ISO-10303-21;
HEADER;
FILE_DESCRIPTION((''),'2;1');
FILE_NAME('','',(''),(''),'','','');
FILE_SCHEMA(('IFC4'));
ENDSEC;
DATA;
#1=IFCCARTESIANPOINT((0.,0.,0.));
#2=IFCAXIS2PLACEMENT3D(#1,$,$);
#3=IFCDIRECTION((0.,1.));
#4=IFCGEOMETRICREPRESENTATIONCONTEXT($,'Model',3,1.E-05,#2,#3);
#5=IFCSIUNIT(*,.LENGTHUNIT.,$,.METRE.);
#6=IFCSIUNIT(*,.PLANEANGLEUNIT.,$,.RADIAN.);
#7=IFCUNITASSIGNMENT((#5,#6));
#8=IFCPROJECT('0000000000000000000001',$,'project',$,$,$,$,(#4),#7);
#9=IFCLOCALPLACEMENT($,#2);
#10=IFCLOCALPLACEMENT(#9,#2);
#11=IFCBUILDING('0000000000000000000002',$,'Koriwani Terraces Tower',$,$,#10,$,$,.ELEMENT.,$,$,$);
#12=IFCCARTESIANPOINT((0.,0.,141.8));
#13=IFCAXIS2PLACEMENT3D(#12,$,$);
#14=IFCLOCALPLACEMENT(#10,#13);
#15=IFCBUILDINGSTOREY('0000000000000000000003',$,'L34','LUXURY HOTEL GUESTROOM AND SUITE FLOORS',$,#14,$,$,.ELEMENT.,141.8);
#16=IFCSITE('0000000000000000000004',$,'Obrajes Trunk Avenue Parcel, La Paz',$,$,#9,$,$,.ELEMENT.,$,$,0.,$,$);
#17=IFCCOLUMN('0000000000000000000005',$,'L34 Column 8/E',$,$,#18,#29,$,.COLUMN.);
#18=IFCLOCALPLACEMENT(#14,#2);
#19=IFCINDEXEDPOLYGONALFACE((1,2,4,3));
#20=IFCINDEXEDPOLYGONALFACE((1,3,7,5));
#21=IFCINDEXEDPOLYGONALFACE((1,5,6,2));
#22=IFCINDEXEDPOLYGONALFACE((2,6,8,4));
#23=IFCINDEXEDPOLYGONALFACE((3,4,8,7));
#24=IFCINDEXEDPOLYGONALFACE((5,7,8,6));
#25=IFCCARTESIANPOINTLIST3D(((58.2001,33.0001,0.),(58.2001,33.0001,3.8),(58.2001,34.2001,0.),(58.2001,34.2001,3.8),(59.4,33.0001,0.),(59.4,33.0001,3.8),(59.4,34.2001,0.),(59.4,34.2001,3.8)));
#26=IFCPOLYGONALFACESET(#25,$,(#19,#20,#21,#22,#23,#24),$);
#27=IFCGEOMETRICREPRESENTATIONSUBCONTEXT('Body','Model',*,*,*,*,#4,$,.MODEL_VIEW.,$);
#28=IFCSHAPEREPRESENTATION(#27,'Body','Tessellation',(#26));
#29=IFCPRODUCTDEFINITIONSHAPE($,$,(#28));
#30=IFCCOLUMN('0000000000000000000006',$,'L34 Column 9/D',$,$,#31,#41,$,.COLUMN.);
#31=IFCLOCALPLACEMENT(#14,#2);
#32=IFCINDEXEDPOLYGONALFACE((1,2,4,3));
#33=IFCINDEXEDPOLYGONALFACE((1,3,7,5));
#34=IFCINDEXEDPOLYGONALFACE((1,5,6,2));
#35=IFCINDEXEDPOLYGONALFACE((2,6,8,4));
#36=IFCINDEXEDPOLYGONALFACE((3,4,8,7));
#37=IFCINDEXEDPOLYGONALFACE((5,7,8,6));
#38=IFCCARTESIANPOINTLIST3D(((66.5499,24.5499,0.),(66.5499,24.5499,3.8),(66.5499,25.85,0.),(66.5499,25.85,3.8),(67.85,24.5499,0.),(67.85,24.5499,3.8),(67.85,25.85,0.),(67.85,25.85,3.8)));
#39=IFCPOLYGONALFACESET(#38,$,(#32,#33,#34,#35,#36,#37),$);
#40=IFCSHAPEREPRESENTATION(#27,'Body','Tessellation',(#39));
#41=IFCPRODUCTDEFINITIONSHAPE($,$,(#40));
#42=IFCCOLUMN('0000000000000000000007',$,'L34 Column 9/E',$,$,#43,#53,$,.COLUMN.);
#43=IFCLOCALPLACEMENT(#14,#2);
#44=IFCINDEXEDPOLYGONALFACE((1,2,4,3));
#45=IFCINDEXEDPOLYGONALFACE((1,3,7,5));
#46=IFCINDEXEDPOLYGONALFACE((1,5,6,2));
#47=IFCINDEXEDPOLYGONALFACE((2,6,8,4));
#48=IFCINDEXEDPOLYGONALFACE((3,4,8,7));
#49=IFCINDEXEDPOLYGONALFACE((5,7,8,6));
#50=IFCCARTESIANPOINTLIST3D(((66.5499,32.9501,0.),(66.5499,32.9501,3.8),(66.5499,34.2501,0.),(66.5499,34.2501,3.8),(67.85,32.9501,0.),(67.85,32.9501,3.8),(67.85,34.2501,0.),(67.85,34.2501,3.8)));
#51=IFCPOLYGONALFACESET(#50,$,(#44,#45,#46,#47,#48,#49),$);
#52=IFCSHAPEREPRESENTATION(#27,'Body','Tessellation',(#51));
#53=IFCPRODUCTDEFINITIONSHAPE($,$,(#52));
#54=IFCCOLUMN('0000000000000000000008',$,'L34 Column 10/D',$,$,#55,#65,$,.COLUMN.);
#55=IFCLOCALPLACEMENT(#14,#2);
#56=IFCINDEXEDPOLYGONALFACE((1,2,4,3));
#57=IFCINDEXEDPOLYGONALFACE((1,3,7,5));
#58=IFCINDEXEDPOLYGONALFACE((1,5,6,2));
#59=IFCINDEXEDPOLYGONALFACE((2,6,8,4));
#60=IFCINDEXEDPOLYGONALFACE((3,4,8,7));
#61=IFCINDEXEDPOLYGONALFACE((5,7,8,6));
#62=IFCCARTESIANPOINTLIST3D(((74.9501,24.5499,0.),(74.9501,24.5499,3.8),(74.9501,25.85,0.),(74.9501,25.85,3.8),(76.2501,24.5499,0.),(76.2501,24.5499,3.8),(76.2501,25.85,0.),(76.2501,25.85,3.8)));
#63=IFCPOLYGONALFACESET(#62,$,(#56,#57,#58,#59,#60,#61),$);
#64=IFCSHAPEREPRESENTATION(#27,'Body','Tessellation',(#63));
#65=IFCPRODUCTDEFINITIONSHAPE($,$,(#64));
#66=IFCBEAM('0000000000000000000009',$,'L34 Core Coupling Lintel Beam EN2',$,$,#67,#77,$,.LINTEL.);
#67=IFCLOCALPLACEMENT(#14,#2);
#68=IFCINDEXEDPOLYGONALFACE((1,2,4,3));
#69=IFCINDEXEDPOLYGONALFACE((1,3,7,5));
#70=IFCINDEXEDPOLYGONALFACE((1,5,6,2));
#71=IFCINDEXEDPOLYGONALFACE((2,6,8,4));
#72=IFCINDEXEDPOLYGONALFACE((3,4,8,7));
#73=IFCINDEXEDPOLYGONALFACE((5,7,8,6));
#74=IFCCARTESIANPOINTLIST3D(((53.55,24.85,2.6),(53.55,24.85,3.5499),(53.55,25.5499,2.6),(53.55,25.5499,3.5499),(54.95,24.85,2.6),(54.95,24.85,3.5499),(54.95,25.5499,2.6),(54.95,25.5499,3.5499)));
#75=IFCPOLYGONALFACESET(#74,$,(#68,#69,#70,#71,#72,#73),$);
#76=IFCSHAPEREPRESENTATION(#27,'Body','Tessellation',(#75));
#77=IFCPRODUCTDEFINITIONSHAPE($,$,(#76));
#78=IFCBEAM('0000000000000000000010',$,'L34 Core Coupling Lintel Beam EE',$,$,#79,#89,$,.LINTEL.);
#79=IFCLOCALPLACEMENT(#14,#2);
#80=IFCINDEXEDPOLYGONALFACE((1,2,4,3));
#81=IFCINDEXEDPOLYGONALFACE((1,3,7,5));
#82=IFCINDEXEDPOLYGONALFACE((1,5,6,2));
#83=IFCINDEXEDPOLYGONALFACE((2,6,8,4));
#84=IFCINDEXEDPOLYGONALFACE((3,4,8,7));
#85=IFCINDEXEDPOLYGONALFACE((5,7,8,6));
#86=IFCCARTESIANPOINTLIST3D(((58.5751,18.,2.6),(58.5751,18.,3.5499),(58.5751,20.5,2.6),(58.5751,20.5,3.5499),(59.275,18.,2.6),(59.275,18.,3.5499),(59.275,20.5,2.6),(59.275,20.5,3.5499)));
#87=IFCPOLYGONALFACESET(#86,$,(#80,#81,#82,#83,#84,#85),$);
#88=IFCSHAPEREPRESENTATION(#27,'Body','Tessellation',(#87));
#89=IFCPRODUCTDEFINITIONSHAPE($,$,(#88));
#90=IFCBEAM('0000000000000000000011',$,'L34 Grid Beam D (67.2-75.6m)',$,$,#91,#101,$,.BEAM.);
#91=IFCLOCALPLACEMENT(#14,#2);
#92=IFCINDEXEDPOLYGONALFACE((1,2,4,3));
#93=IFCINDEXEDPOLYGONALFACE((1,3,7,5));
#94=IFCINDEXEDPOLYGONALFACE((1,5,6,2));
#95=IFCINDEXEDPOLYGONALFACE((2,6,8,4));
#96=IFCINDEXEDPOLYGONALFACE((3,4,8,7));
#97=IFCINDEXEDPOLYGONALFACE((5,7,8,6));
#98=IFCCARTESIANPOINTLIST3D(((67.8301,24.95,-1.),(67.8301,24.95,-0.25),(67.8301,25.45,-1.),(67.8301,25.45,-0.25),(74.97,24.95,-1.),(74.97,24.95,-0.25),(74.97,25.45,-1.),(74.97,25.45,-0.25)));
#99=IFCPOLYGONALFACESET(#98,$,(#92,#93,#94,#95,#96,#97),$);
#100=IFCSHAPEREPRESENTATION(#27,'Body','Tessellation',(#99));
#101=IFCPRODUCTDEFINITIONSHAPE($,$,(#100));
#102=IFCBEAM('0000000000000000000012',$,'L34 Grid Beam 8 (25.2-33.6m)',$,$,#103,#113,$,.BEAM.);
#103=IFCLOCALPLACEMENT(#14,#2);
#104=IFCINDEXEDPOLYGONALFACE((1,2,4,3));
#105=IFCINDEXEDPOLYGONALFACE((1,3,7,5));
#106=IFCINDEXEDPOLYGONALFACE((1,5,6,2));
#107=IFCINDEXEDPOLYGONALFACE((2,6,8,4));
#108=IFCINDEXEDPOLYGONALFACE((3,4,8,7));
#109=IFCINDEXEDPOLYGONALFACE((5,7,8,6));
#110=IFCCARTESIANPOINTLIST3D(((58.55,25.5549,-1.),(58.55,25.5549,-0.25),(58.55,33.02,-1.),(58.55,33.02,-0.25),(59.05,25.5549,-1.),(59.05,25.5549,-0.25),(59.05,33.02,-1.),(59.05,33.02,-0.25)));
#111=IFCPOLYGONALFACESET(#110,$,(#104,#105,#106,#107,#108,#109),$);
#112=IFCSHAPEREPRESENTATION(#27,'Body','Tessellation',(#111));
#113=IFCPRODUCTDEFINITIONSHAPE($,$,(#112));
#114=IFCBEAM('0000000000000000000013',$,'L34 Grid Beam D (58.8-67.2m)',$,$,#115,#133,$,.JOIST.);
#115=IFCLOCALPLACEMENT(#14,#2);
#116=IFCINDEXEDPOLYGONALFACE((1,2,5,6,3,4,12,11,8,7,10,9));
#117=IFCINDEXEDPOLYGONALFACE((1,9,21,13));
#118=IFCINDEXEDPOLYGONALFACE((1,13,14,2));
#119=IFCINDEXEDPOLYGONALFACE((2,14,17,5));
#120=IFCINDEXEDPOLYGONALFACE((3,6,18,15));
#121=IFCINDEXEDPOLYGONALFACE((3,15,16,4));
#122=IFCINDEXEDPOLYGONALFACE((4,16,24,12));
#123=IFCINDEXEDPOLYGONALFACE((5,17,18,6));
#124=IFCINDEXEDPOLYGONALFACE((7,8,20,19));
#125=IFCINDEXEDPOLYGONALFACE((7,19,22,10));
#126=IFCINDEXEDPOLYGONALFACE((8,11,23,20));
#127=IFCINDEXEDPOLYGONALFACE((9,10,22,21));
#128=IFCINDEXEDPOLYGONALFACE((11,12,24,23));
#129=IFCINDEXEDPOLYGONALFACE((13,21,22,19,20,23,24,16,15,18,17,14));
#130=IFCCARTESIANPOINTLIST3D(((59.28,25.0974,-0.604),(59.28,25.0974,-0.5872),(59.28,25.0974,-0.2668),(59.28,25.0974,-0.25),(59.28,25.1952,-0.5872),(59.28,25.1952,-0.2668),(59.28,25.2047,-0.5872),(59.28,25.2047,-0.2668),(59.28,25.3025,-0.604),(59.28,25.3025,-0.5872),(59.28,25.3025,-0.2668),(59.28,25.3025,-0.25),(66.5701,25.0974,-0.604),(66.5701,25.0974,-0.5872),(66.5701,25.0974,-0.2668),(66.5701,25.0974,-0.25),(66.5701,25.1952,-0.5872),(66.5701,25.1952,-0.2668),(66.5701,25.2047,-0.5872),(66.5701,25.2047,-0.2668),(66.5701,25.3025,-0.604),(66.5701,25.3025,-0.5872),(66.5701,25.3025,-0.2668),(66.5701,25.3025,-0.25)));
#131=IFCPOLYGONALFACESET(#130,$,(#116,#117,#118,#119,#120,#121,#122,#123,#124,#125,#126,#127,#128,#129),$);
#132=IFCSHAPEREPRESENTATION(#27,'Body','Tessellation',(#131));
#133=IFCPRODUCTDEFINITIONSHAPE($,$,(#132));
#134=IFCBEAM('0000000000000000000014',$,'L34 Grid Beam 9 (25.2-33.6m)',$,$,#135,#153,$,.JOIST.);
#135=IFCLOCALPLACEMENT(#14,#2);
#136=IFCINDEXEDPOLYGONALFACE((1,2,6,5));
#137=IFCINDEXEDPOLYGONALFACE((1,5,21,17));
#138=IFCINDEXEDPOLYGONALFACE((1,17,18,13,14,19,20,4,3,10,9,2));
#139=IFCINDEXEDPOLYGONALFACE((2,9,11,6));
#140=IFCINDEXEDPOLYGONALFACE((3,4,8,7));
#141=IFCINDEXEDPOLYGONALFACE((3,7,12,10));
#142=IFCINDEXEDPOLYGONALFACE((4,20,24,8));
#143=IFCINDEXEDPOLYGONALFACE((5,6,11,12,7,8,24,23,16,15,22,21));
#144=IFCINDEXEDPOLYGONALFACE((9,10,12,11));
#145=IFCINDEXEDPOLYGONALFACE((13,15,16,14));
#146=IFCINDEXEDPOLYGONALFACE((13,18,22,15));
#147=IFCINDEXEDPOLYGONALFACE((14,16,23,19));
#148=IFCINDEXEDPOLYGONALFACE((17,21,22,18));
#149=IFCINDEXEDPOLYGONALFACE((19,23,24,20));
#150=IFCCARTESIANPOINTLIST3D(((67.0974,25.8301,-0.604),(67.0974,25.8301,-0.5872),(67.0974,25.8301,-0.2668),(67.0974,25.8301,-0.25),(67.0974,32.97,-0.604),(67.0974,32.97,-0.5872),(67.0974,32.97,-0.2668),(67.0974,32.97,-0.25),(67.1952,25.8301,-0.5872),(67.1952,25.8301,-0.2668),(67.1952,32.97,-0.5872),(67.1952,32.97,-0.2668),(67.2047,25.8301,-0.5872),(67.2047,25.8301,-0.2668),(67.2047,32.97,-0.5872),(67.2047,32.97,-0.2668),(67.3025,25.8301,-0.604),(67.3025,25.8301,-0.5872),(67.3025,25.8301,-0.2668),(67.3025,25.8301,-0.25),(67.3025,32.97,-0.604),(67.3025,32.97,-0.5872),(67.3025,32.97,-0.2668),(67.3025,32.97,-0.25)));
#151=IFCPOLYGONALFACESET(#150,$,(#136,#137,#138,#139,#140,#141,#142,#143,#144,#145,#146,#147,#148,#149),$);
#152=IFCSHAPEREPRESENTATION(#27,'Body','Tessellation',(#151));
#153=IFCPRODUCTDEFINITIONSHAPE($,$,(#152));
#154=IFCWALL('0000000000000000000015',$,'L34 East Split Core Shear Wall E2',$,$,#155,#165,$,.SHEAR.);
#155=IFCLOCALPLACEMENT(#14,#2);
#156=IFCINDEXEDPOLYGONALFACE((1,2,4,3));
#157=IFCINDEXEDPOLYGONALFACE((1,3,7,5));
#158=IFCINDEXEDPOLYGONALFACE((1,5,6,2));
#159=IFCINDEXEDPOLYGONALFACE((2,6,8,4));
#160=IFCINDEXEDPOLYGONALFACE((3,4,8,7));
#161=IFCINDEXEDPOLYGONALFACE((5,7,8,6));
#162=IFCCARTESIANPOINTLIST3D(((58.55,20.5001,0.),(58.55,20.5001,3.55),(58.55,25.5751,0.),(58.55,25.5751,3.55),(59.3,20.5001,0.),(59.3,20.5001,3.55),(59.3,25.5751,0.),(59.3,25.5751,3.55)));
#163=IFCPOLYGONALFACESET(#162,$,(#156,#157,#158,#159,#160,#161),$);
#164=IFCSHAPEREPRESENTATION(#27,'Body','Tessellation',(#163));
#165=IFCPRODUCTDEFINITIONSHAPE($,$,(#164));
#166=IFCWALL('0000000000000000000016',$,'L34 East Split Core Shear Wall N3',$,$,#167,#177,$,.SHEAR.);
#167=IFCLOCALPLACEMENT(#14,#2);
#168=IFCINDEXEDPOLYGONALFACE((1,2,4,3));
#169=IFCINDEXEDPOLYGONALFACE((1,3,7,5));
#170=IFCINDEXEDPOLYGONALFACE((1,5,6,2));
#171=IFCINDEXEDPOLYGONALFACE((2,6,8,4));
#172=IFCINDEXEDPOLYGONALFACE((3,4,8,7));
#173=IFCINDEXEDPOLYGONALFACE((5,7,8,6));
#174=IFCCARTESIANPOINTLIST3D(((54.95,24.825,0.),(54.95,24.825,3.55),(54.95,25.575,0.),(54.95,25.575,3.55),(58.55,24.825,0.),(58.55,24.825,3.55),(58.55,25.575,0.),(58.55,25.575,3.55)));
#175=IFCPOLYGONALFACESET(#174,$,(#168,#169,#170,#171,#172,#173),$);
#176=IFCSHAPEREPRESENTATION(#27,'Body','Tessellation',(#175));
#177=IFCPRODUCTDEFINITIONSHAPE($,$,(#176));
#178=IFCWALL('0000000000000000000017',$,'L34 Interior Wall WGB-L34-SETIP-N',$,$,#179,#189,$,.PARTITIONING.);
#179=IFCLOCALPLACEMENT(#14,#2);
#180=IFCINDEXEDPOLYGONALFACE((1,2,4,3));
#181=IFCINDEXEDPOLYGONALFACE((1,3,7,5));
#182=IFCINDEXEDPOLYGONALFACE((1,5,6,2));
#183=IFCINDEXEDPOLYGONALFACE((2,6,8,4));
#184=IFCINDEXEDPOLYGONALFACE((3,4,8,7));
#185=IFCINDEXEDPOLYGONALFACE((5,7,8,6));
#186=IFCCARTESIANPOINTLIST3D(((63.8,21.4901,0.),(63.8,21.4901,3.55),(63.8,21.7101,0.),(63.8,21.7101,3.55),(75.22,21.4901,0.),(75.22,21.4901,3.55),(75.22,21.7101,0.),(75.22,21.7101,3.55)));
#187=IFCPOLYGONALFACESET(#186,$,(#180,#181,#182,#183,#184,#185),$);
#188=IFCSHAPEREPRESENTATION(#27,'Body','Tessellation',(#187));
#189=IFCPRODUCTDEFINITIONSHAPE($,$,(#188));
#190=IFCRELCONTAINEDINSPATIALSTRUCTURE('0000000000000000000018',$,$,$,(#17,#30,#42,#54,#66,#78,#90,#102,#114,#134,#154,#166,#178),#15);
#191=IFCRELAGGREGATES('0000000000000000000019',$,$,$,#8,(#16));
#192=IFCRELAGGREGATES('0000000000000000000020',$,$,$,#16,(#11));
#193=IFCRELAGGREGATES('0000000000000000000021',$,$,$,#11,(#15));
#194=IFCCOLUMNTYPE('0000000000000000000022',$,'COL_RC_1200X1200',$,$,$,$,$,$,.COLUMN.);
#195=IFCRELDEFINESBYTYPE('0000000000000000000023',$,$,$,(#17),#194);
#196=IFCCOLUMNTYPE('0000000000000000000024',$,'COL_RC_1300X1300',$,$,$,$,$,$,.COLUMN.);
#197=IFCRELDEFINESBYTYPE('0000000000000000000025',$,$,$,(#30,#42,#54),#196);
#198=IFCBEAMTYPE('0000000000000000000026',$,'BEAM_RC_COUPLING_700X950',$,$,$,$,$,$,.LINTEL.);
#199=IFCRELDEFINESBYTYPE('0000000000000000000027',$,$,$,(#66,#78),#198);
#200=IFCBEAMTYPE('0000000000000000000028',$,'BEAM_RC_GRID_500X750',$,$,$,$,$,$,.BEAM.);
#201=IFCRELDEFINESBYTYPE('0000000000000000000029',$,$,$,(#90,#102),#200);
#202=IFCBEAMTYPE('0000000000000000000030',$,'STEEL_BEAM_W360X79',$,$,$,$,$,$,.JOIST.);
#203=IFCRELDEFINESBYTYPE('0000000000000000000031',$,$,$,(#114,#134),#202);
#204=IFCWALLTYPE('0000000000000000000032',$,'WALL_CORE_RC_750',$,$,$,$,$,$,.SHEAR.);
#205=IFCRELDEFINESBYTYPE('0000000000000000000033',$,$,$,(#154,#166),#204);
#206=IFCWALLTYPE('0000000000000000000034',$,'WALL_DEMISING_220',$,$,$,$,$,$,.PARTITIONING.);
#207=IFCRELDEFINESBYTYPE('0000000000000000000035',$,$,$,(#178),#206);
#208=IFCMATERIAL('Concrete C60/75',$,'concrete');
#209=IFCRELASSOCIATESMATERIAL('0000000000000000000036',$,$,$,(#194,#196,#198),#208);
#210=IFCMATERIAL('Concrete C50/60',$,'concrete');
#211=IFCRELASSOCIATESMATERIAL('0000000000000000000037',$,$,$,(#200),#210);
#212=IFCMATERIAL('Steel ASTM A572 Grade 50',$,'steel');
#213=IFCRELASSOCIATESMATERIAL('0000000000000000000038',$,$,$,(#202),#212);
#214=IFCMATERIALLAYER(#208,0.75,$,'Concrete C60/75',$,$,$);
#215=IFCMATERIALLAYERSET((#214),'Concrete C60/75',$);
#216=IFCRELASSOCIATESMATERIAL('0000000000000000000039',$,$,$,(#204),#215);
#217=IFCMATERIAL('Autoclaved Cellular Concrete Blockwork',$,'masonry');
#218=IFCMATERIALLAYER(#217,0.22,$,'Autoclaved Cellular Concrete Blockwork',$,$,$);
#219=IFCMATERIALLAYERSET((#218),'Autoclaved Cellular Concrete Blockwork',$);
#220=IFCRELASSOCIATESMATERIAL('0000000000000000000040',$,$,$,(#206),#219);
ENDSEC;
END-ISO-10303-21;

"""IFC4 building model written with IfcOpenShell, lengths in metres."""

from ifc_helpers import new_model, si_unit, direction, frame, frame_2d, origin, origin_2d, place, context, subcontext, project, spatial, rectangle, i_section, extrude, material, layer, layer_set, material_profile, profile_set, type_object, element, save


model = new_model("IFC4")

# Units and contexts
model_context = context("Model", 3, precision=1e-05, world=origin(), true_north=direction((0.0, 1.0)))
body_context = subcontext(model_context, "Body", "Model", "MODEL_VIEW")
ifc_project = project(units=[si_unit("LENGTHUNIT", "METRE"), si_unit("PLANEANGLEUNIT", "RADIAN")], contexts=[model_context])

# Site, building, storey
site_placement = place(None, origin())
site = spatial("IfcSite", under=ifc_project, at=site_placement, Name="Obrajes Trunk Avenue Parcel, La Paz", CompositionType="ELEMENT", RefElevation=0.0)
building_placement = place(site_placement, origin())
building = spatial("IfcBuilding", under=site, at=building_placement, Name="Koriwani Terraces Tower", CompositionType="ELEMENT")
storey_placement = place(building_placement, frame((0.0, 0.0, 141.8)))
storey = spatial("IfcBuildingStorey", under=building, at=storey_placement, Name="L34", Description="LUXURY HOTEL GUESTROOM AND SUITE FLOORS", CompositionType="ELEMENT", Elevation=141.8)

# Columns
ifc_material_1 = material(Name="Concrete C60/75", Category="concrete")
ifc_material_profile_1 = material_profile(ifc_material_1, rectangle(XDim=1.2, YDim=1.2, at=origin_2d()), Name="Concrete C60/75", Category="LoadBearing")
ifc_profile_set_1 = profile_set([ifc_material_profile_1], Name="Concrete C60/75")
column_type_1 = type_object("IfcColumnType", Name="COL_RC_1200X1200", PredefinedType="COLUMN", material=ifc_profile_set_1)
column_placement = place(storey_placement, frame((58.8, 33.6001, 0.0), z_axis=(0.0, 0.0, 1.0), x_axis=(1.0, 0.0, 0.0)))
element("IfcColumn", 1, at=column_placement, inside=storey, type_object=column_type_1, Name="L34 Column 8/E", PredefinedType="COLUMN", context=body_context, shape_type="SweptSolid", body=[
    extrude(rectangle(XDim=1.2, YDim=1.2, at=origin_2d()), origin(), (0.0, 0.0, 1.0), 3.8),
])
ifc_material_profile_2 = material_profile(ifc_material_1, rectangle(XDim=1.3, YDim=1.3, at=origin_2d()), Name="Concrete C60/75", Category="LoadBearing")
ifc_profile_set_2 = profile_set([ifc_material_profile_2], Name="Concrete C60/75")
column_type_2 = type_object("IfcColumnType", Name="COL_RC_1300X1300", PredefinedType="COLUMN", material=ifc_profile_set_2)
for number, where, z_axis, x_axis, name in (
    (2, (67.2, 25.2, 0.0), (0.0, 0.0, 1.0), (1.0, 0.0, 0.0), "L34 Column 9/D"),
    (3, (67.2, 33.6001, 0.0), (0.0, 0.0, 1.0), (1.0, 0.0, 0.0), "L34 Column 9/E"),
    (4, (75.6001, 25.2, 0.0), (0.0, 0.0, 1.0), (1.0, 0.0, 0.0), "L34 Column 10/D"),
):
    element("IfcColumn", number, at=place(storey_placement, frame(where, z_axis=z_axis, x_axis=x_axis)), inside=storey, type_object=column_type_2, Name=name, PredefinedType="COLUMN", context=body_context, shape_type="SweptSolid", body=[
        extrude(rectangle(XDim=1.3, YDim=1.3, at=origin_2d()), origin(), (0.0, 0.0, 1.0), 3.8),
    ])

# Beams
ifc_material_profile_3 = material_profile(ifc_material_1, rectangle(XDim=0.7, YDim=0.95, at=origin_2d()), Name="Concrete C60/75", Category="LoadBearing")
ifc_profile_set_3 = profile_set([ifc_material_profile_3], Name="Concrete C60/75")
beam_type_1 = type_object("IfcBeamType", Name="BEAM_RC_COUPLING_700X950", PredefinedType="LINTEL", material=ifc_profile_set_3)
beam_1_placement = place(storey_placement, frame((53.55, 25.2, 3.075), z_axis=(1.0, 0.0, 0.0), x_axis=(0.0, 1.0, 0.0)))
element("IfcBeam", 5, at=beam_1_placement, inside=storey, type_object=beam_type_1, Name="L34 Core Coupling Lintel Beam EN2", PredefinedType="LINTEL", context=body_context, shape_type="SweptSolid", body=[
    extrude(rectangle(XDim=0.7, YDim=0.95, at=origin_2d()), origin(), (0.0, 0.0, 1.0), 1.3999),
])
beam_2_placement = place(storey_placement, frame((58.925, 18.0, 3.075), z_axis=(0.0, 1.0, 0.0), x_axis=(-1.0, 0.0, 0.0)))
element("IfcBeam", 6, at=beam_2_placement, inside=storey, type_object=beam_type_1, Name="L34 Core Coupling Lintel Beam EE", PredefinedType="LINTEL", context=body_context, shape_type="SweptSolid", body=[
    extrude(rectangle(XDim=0.7, YDim=0.95, at=origin_2d()), origin(), (0.0, 0.0, 1.0), 2.5),
])
ifc_material_2 = material(Name="Concrete C50/60", Category="concrete")
ifc_material_profile_4 = material_profile(ifc_material_2, rectangle(XDim=0.5, YDim=0.75, at=origin_2d()), Name="Concrete C50/60", Category="LoadBearing")
ifc_profile_set_4 = profile_set([ifc_material_profile_4], Name="Concrete C50/60")
beam_type_2 = type_object("IfcBeamType", Name="BEAM_RC_GRID_500X750", PredefinedType="BEAM", material=ifc_profile_set_4)
beam_3_placement = place(storey_placement, frame((67.8301, 25.2, -0.625), z_axis=(1.0, 0.0, 0.0), x_axis=(0.0, 1.0, 0.0)))
element("IfcBeam", 7, at=beam_3_placement, inside=storey, type_object=beam_type_2, Name="L34 Grid Beam D (67.2-75.6m)", PredefinedType="BEAM", context=body_context, shape_type="SweptSolid", body=[
    extrude(rectangle(XDim=0.5, YDim=0.75, at=origin_2d()), origin(), (0.0, 0.0, 1.0), 7.1399),
])
beam_4_placement = place(storey_placement, frame((58.8, 25.5549, -0.625), z_axis=(0.0, 1.0, 0.0), x_axis=(-1.0, 0.0, 0.0)))
element("IfcBeam", 8, at=beam_4_placement, inside=storey, type_object=beam_type_2, Name="L34 Grid Beam 8 (25.2-33.6m)", PredefinedType="BEAM", context=body_context, shape_type="SweptSolid", body=[
    extrude(rectangle(XDim=0.5, YDim=0.75, at=origin_2d()), origin(), (0.0, 0.0, 1.0), 7.4651),
])
ifc_material_3 = material(Name="Steel ASTM A572 Grade 50", Category="steel")
ifc_material_profile_5 = material_profile(ifc_material_3, i_section(OverallWidth=0.2051, OverallDepth=0.354, WebThickness=0.0095, FlangeThickness=0.0168, at=origin_2d()), Name="Steel ASTM A572 Grade 50", Category="LoadBearing")
ifc_profile_set_5 = profile_set([ifc_material_profile_5], Name="Steel ASTM A572 Grade 50")
beam_type_3 = type_object("IfcBeamType", Name="STEEL_BEAM_W360X79", PredefinedType="JOIST", material=ifc_profile_set_5)
beam_5_placement = place(storey_placement, frame((59.28, 25.2, -0.427), z_axis=(1.0, 0.0, 0.0), x_axis=(0.0, 1.0, 0.0)))
element("IfcBeam", 9, at=beam_5_placement, inside=storey, type_object=beam_type_3, Name="L34 Grid Beam D (58.8-67.2m)", PredefinedType="JOIST", context=body_context, shape_type="SweptSolid", body=[
    extrude(i_section(OverallWidth=0.2051, OverallDepth=0.354, WebThickness=0.0095, FlangeThickness=0.0168, at=origin_2d()), origin(), (0.0, 0.0, 1.0), 7.29),
])
beam_6_placement = place(storey_placement, frame((67.2, 25.8301, -0.427), z_axis=(0.0, 1.0, 0.0), x_axis=(-1.0, 0.0, 0.0)))
element("IfcBeam", 10, at=beam_6_placement, inside=storey, type_object=beam_type_3, Name="L34 Grid Beam 9 (25.2-33.6m)", PredefinedType="JOIST", context=body_context, shape_type="SweptSolid", body=[
    extrude(i_section(OverallWidth=0.2051, OverallDepth=0.354, WebThickness=0.0095, FlangeThickness=0.0168, at=origin_2d()), origin(), (0.0, 0.0, 1.0), 7.1399),
])

# Walls
ifc_layer_1 = layer(ifc_material_1, 0.75, Name="Concrete C60/75")
ifc_layer_set_1 = layer_set([ifc_layer_1], Name="Concrete C60/75")
wall_type_1 = type_object("IfcWallType", Name="WALL_CORE_RC_750", PredefinedType="SHEAR", material=ifc_layer_set_1)
wall_1_placement = place(storey_placement, frame((58.925, 20.5, 0.0), z_axis=(0.0, 0.0, 1.0), x_axis=(0.0, 1.0, 0.0)))
element("IfcWall", 11, at=wall_1_placement, inside=storey, type_object=wall_type_1, Name="L34 East Split Core Shear Wall E2", PredefinedType="SHEAR", context=body_context, shape_type="SweptSolid", body=[
    extrude(rectangle(XDim=5.075, YDim=0.75, at=frame_2d((2.5376, 0.0))), origin(), (0.0, 0.0, 1.0), 3.55),
])
wall_2_placement = place(storey_placement, frame((54.95, 25.2, 0.0), z_axis=(0.0, 0.0, 1.0), x_axis=(1.0, 0.0, 0.0)))
element("IfcWall", 12, at=wall_2_placement, inside=storey, type_object=wall_type_1, Name="L34 East Split Core Shear Wall N3", PredefinedType="SHEAR", context=body_context, shape_type="SweptSolid", body=[
    extrude(rectangle(XDim=3.6001, YDim=0.75, at=frame_2d((1.8, 0.0))), origin(), (0.0, 0.0, 1.0), 3.55),
])
ifc_material_4 = material(Name="Autoclaved Cellular Concrete Blockwork", Category="masonry")
ifc_layer_2 = layer(ifc_material_4, 0.22, Name="Autoclaved Cellular Concrete Blockwork")
ifc_layer_set_2 = layer_set([ifc_layer_2], Name="Autoclaved Cellular Concrete Blockwork")
wall_type_2 = type_object("IfcWallType", Name="WALL_DEMISING_220", PredefinedType="PARTITIONING", material=ifc_layer_set_2)
wall_3_placement = place(storey_placement, frame((63.8, 21.6001, 0.0), z_axis=(0.0, 0.0, 1.0), x_axis=(1.0, 0.0, 0.0)))
element("IfcWall", 13, at=wall_3_placement, inside=storey, type_object=wall_type_2, Name="L34 Interior Wall WGB-L34-SETIP-N", PredefinedType="PARTITIONING", context=body_context, shape_type="SweptSolid", body=[
    extrude(rectangle(XDim=11.4199, YDim=0.22, at=frame_2d((5.71, 0.0))), origin(), (0.0, 0.0, 1.0), 3.55),
])

save(model, "model.ifc")
